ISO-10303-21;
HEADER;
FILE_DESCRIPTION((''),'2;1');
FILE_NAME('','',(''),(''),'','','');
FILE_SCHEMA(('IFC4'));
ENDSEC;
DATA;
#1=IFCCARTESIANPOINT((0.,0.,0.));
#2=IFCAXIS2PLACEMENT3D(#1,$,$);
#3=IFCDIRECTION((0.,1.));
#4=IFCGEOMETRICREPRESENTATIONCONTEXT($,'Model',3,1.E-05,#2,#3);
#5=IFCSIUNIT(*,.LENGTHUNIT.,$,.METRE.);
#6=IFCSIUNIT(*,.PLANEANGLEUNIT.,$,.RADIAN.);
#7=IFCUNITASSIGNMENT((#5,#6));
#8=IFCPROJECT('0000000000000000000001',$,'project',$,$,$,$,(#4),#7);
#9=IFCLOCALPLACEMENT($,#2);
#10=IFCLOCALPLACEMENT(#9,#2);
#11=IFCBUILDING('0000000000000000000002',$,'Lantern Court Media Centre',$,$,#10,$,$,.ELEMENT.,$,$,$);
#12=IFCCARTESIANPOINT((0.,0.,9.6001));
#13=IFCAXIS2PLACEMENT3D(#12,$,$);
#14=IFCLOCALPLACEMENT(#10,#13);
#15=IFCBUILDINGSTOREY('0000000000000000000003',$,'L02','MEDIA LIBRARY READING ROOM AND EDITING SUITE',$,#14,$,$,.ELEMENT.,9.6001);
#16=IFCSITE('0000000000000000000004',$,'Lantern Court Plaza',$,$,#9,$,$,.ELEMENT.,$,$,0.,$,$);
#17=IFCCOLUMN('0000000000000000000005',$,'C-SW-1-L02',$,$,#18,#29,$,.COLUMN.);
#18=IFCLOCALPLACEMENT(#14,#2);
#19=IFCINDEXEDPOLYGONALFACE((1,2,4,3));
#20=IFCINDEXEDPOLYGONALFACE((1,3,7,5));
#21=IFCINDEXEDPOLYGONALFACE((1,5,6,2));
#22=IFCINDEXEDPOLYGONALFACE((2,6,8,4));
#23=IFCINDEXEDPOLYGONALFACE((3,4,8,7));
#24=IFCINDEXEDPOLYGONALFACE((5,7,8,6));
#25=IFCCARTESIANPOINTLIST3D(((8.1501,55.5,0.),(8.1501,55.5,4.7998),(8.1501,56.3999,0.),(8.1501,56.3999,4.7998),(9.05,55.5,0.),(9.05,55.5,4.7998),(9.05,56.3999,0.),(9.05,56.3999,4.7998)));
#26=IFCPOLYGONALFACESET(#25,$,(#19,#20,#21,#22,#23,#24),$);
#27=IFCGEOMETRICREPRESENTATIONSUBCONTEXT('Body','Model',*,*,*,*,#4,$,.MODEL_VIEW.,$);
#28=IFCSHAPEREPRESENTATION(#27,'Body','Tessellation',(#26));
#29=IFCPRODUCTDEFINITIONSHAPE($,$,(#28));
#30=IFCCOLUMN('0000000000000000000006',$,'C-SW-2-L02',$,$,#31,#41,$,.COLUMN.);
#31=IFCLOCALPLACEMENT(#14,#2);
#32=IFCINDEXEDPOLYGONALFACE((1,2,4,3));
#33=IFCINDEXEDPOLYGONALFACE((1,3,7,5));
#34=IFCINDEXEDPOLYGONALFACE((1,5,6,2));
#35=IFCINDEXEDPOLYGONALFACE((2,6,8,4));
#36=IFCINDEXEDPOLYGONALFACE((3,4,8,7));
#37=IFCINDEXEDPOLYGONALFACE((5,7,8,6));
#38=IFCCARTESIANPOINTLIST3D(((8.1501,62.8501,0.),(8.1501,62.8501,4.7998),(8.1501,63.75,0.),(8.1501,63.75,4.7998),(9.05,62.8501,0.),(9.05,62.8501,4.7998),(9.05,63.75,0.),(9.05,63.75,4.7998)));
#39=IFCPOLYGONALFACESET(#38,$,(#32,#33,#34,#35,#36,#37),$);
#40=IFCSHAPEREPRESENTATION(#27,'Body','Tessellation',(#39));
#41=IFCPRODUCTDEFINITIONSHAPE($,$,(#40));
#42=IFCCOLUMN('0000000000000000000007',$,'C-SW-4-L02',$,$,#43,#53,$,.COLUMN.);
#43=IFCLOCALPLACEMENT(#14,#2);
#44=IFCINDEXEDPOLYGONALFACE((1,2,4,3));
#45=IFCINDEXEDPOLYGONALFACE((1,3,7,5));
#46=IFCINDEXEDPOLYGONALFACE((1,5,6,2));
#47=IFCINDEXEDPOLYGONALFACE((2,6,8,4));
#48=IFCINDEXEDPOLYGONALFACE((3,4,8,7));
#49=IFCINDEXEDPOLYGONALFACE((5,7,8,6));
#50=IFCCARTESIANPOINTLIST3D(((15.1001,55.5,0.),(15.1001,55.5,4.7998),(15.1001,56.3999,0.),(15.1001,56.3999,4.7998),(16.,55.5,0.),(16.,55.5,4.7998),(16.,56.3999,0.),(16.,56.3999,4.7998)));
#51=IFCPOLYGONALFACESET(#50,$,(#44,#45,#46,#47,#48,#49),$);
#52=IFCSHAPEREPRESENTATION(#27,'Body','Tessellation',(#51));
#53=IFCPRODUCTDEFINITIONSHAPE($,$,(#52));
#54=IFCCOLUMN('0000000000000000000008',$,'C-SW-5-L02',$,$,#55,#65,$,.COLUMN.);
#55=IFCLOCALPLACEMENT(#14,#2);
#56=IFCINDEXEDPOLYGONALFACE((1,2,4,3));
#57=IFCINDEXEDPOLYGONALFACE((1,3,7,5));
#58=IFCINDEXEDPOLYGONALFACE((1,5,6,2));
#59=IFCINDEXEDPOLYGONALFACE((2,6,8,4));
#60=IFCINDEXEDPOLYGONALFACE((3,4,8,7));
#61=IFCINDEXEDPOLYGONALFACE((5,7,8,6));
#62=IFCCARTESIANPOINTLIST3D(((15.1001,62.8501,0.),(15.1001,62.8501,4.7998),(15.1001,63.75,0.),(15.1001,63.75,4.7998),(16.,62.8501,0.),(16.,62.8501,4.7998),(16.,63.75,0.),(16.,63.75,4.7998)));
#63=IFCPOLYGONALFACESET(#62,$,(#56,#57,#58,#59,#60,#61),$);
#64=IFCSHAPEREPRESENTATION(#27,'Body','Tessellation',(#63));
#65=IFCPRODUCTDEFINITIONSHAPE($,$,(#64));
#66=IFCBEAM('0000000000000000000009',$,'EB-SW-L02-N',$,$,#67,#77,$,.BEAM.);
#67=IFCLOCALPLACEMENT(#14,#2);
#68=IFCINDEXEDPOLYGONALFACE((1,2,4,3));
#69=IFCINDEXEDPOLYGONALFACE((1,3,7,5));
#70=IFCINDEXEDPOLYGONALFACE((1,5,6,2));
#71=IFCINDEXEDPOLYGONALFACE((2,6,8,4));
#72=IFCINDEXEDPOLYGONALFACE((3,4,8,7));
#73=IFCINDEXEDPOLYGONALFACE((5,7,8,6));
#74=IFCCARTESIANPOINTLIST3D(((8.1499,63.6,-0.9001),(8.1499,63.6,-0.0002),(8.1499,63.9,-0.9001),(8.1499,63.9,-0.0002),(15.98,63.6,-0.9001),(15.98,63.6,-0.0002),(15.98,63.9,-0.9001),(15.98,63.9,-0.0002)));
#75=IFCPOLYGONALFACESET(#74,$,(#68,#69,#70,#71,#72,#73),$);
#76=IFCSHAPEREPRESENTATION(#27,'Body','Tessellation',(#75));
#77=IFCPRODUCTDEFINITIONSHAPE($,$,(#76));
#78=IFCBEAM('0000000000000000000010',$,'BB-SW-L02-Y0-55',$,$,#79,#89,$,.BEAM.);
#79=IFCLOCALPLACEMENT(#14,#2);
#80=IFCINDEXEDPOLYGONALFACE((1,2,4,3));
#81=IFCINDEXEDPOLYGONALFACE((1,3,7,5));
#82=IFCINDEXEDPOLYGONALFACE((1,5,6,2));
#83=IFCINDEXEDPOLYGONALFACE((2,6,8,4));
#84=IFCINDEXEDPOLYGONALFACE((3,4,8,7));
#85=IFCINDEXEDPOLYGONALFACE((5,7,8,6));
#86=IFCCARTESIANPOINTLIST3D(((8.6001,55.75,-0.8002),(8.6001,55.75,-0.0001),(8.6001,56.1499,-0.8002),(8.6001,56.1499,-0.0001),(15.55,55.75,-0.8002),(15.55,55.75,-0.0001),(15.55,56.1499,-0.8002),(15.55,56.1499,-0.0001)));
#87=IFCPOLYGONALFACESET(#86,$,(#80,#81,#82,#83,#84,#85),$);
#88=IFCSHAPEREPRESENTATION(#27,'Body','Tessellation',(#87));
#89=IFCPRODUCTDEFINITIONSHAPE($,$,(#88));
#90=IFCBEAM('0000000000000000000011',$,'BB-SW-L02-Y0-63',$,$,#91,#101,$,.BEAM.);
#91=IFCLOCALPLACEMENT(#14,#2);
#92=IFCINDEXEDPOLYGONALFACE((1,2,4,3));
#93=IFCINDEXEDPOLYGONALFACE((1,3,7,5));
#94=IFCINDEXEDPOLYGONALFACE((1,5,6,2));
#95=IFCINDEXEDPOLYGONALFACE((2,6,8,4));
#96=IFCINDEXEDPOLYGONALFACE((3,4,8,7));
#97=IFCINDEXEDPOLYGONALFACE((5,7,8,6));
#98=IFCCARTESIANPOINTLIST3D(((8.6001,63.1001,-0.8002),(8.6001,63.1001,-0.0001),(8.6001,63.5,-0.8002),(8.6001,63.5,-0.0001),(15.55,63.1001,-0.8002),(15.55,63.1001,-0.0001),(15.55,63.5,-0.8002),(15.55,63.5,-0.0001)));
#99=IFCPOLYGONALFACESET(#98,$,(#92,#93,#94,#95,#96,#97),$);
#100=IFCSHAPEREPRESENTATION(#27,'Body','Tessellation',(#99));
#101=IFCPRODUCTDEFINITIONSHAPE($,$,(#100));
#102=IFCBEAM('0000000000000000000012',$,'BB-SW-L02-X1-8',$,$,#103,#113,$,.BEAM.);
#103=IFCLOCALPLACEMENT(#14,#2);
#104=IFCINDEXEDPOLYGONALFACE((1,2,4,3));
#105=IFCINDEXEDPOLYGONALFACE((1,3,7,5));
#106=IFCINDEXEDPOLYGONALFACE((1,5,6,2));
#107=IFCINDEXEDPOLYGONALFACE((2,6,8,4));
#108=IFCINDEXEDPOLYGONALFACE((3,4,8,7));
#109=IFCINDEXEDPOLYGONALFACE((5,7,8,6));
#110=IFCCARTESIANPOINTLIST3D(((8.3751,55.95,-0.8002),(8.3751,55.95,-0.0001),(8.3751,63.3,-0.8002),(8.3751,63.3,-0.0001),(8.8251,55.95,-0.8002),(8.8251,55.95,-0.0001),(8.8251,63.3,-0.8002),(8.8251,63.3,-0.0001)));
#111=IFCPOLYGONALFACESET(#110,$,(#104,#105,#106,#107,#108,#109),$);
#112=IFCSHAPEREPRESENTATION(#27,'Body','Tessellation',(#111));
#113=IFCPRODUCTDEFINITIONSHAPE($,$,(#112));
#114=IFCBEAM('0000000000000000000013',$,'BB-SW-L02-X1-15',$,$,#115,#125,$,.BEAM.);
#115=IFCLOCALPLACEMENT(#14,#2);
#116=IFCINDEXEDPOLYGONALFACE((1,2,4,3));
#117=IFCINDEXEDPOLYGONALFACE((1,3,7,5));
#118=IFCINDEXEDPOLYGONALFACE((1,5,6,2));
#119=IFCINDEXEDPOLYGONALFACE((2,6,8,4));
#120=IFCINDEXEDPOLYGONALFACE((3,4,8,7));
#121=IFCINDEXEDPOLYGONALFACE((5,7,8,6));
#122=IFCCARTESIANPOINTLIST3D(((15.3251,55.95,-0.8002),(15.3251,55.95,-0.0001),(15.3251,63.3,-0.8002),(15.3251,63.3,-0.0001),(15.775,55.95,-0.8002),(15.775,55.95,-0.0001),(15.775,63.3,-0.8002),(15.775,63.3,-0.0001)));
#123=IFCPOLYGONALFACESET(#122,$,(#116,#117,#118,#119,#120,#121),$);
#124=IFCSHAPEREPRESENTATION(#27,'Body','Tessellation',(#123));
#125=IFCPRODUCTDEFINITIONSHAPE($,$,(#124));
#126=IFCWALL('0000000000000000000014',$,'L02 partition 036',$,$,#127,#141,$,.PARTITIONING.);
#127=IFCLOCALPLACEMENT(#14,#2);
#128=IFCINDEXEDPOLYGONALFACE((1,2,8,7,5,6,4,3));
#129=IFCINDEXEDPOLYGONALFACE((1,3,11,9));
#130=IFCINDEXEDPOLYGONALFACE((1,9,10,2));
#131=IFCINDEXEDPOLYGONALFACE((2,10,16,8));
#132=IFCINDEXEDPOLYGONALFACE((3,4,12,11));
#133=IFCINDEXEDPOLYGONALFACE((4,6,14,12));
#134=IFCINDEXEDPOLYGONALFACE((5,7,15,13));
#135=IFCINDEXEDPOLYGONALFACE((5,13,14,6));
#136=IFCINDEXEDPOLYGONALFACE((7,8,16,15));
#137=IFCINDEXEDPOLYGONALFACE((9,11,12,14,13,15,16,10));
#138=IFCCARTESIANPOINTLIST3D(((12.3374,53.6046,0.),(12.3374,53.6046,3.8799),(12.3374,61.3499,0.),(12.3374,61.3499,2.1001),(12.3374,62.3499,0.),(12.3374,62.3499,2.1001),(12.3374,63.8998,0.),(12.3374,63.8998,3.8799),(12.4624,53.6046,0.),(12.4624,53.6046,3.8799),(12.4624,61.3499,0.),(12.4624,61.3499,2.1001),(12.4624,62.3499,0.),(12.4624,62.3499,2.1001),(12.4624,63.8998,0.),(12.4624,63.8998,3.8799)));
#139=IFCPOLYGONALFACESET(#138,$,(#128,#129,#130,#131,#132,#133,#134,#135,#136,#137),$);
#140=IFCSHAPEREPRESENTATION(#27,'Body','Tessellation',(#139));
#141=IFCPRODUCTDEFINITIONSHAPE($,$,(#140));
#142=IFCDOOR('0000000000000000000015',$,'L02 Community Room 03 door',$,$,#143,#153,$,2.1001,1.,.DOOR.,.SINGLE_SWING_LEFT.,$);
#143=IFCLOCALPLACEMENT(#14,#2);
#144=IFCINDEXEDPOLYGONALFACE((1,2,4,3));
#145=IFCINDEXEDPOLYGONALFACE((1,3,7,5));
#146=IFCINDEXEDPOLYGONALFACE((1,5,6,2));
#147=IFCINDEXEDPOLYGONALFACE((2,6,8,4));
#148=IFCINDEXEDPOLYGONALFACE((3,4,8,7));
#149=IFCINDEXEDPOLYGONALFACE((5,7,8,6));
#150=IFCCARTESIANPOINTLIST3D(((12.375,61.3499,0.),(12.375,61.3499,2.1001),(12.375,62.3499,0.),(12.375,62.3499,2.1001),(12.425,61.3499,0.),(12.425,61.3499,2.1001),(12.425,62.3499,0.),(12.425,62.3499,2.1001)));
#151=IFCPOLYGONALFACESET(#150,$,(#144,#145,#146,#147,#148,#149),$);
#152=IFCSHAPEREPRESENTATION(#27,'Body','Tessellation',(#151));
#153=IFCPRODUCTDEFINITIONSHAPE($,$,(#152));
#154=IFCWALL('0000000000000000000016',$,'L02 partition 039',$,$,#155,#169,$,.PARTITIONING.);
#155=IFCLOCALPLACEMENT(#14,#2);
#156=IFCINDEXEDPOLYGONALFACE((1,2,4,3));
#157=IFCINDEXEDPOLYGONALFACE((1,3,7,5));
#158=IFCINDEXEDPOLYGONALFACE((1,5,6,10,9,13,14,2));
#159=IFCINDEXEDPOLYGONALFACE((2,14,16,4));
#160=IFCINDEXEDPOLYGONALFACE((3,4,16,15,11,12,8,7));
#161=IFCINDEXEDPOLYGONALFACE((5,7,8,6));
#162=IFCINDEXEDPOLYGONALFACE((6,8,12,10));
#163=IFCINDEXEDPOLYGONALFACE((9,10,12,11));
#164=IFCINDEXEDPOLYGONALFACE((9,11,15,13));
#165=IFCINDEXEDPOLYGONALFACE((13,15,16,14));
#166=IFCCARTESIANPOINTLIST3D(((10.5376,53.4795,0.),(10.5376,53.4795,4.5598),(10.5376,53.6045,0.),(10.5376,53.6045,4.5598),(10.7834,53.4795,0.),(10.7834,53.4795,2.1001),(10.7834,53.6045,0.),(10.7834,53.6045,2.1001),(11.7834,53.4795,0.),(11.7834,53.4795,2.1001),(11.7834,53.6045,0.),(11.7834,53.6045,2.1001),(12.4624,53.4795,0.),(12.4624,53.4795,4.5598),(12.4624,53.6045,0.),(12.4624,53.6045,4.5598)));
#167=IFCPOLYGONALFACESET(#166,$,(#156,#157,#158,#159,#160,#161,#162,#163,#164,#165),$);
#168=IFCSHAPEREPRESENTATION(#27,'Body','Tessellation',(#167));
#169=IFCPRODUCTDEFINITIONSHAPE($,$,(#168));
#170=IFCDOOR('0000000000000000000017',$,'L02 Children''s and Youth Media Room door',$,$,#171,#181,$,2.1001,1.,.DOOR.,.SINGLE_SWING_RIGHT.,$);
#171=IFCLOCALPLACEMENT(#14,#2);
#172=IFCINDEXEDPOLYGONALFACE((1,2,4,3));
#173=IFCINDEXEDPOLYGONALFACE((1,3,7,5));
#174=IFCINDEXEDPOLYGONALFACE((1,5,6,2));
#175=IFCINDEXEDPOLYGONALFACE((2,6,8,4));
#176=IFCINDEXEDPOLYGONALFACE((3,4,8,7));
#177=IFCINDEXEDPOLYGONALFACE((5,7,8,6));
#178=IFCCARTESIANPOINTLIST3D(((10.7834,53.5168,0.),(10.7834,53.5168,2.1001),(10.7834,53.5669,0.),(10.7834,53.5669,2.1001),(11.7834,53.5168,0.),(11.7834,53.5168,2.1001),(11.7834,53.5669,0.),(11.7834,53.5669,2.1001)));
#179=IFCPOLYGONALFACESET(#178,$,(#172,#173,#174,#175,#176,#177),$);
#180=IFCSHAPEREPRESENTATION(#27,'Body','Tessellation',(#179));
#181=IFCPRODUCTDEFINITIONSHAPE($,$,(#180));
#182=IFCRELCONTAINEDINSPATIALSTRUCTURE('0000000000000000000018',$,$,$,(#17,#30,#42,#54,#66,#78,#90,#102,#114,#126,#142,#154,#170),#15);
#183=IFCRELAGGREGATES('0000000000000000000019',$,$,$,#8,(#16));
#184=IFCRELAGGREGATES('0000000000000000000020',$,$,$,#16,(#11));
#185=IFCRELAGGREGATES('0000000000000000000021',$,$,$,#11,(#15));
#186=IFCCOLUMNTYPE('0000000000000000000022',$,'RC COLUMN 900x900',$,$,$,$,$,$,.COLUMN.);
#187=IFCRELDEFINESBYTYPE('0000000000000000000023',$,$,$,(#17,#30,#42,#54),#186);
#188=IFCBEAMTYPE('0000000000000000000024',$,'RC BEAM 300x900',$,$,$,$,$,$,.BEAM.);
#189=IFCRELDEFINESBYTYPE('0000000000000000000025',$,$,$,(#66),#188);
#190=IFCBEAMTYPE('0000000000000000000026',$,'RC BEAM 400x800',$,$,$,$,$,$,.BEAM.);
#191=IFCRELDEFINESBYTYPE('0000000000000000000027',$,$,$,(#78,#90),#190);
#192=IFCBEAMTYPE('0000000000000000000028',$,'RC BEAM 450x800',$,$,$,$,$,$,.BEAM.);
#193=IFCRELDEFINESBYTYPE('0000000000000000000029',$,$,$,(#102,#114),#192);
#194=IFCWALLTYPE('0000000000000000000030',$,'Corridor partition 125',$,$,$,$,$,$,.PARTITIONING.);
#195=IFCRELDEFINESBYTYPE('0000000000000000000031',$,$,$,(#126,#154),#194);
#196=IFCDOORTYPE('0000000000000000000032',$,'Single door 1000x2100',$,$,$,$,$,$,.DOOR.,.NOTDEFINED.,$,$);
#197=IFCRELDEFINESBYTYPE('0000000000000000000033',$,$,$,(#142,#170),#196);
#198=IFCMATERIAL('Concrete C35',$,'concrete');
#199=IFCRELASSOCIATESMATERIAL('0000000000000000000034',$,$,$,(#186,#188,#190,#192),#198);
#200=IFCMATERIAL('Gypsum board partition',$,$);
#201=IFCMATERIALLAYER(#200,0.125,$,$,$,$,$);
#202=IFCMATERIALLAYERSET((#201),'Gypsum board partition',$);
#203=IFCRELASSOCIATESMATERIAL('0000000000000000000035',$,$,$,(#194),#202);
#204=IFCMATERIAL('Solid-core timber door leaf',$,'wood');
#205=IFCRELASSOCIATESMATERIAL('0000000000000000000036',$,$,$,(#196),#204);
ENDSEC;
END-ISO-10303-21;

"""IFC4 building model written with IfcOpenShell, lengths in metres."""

from ifc_helpers import new_model, si_unit, direction, frame, frame_2d, origin, origin_2d, place, context, subcontext, project, spatial, rectangle, extrude, material, layer, layer_set, material_profile, profile_set, type_object, element, fill, save


model = new_model("IFC4")

# Units and contexts
model_context = context("Model", 3, precision=1e-05, world=origin(), true_north=direction((0.0, 1.0)))
body_context = subcontext(model_context, "Body", "Model", "MODEL_VIEW")
ifc_project = project(units=[si_unit("LENGTHUNIT", "METRE"), si_unit("PLANEANGLEUNIT", "RADIAN")], contexts=[model_context])

# Site, building, storey
site_placement = place(None, origin())
site = spatial("IfcSite", under=ifc_project, at=site_placement, Name="Lantern Court Plaza", CompositionType="ELEMENT", RefElevation=0.0)
building_placement = place(site_placement, origin())
building = spatial("IfcBuilding", under=site, at=building_placement, Name="Lantern Court Media Centre", CompositionType="ELEMENT")
storey_placement = place(building_placement, frame((0.0, 0.0, 9.6001)))
storey = spatial("IfcBuildingStorey", under=building, at=storey_placement, Name="L02", Description="MEDIA LIBRARY READING ROOM AND EDITING SUITE", CompositionType="ELEMENT", Elevation=9.6001)

# Columns
ifc_material_1 = material(Name="Concrete C35", Category="concrete")
ifc_material_profile_1 = material_profile(ifc_material_1, rectangle(XDim=0.8999, YDim=0.8999, at=origin_2d()), Name="RC 900x900")
ifc_profile_set_1 = profile_set([ifc_material_profile_1], Name="Concrete C35")
column_type = type_object("IfcColumnType", Name="RC COLUMN 900x900", PredefinedType="COLUMN", material=ifc_profile_set_1)
for number, where, z_axis, x_axis, name in (
    (1, (8.6001, 55.95, 0.0), (0.0, 0.0, 1.0), (1.0, 0.0, 0.0), "C-SW-1-L02"),
    (2, (8.6001, 63.3, 0.0), (0.0, 0.0, 1.0), (1.0, 0.0, 0.0), "C-SW-2-L02"),
    (3, (15.55, 55.95, 0.0), (0.0, 0.0, 1.0), (1.0, 0.0, 0.0), "C-SW-4-L02"),
    (4, (15.55, 63.3, 0.0), (0.0, 0.0, 1.0), (1.0, 0.0, 0.0), "C-SW-5-L02"),
):
    element("IfcColumn", number, at=place(storey_placement, frame(where, z_axis=z_axis, x_axis=x_axis)), inside=storey, type_object=column_type, Name=name, PredefinedType="COLUMN", context=body_context, shape_type="SweptSolid", body=[
        extrude(rectangle(XDim=0.8999, YDim=0.8999, at=origin_2d()), origin(), (0.0, 0.0, 1.0), 4.7998),
    ])

# Beams
ifc_material_profile_2 = material_profile(ifc_material_1, rectangle(XDim=0.3, YDim=0.8999, at=origin_2d()), Name="RC 300x900")
ifc_profile_set_2 = profile_set([ifc_material_profile_2], Name="Concrete C35")
beam_type_1 = type_object("IfcBeamType", Name="RC BEAM 300x900", PredefinedType="BEAM", material=ifc_profile_set_2)
beam_placement = place(storey_placement, frame((8.1499, 63.75, -0.4502), z_axis=(1.0, 0.0, 0.0), x_axis=(0.0, 1.0, 0.0)))
element("IfcBeam", 5, at=beam_placement, inside=storey, type_object=beam_type_1, Name="EB-SW-L02-N", PredefinedType="BEAM", context=body_context, shape_type="SweptSolid", body=[
    extrude(rectangle(XDim=0.3, YDim=0.8999, at=origin_2d()), origin(), (0.0, 0.0, 1.0), 7.8301),
])
ifc_material_profile_3 = material_profile(ifc_material_1, rectangle(XDim=0.3999, YDim=0.8, at=origin_2d()), Name="RC 400x800")
ifc_profile_set_3 = profile_set([ifc_material_profile_3], Name="Concrete C35")
beam_type_2 = type_object("IfcBeamType", Name="RC BEAM 400x800", PredefinedType="BEAM", material=ifc_profile_set_3)
for number, where, z_axis, x_axis, name in (
    (6, (8.6001, 55.95, -0.4001), (1.0, 0.0, 0.0), (0.0, 1.0, 0.0), "BB-SW-L02-Y0-55"),
    (7, (8.6001, 63.3, -0.4001), (1.0, 0.0, 0.0), (0.0, 1.0, 0.0), "BB-SW-L02-Y0-63"),
):
    element("IfcBeam", number, at=place(storey_placement, frame(where, z_axis=z_axis, x_axis=x_axis)), inside=storey, type_object=beam_type_2, Name=name, PredefinedType="BEAM", context=body_context, shape_type="SweptSolid", body=[
        extrude(rectangle(XDim=0.3999, YDim=0.8, at=origin_2d()), origin(), (0.0, 0.0, 1.0), 6.95),
    ])
ifc_material_profile_4 = material_profile(ifc_material_1, rectangle(XDim=0.45, YDim=0.8, at=origin_2d()), Name="RC 450x800")
ifc_profile_set_4 = profile_set([ifc_material_profile_4], Name="Concrete C35")
beam_type_3 = type_object("IfcBeamType", Name="RC BEAM 450x800", PredefinedType="BEAM", material=ifc_profile_set_4)
for number, where, z_axis, x_axis, name in (
    (8, (8.6001, 55.95, -0.4001), (0.0, 1.0, 0.0), (-1.0, 0.0, 0.0), "BB-SW-L02-X1-8"),
    (9, (15.55, 55.95, -0.4001), (0.0, 1.0, 0.0), (-1.0, 0.0, 0.0), "BB-SW-L02-X1-15"),
):
    element("IfcBeam", number, at=place(storey_placement, frame(where, z_axis=z_axis, x_axis=x_axis)), inside=storey, type_object=beam_type_3, Name=name, PredefinedType="BEAM", context=body_context, shape_type="SweptSolid", body=[
        extrude(rectangle(XDim=0.45, YDim=0.8, at=origin_2d()), origin(), (0.0, 0.0, 1.0), 7.3501),
    ])

# Walls, openings, doors
ifc_material_2 = material(Name="Gypsum board partition")
ifc_layer_1 = layer(ifc_material_2, 0.125)
ifc_layer_set_1 = layer_set([ifc_layer_1], Name="Gypsum board partition")
wall_type_1 = type_object("IfcWallType", Name="Corridor partition 125", PredefinedType="PARTITIONING", material=ifc_layer_set_1)
wall_1_placement = place(storey_placement, frame((12.3999, 53.6047, 0.0), z_axis=(0.0, 0.0, 1.0), x_axis=(0.0, 1.0, 0.0)))
wall_1 = element("IfcWall", 10, at=wall_1_placement, inside=storey, type_object=wall_type_1, Name="L02 partition 036", PredefinedType="PARTITIONING", context=body_context, shape_type="SweptSolid", body=[
    extrude(rectangle(XDim=10.2952, YDim=0.125, at=frame_2d((5.1475, 0.0))), origin(), (0.0, 0.0, 1.0), 3.8799),
])
opening_1_placement = place(wall_1_placement, frame((7.7451, 0.0, 0.0)))
opening_1 = element("IfcOpeningElement", 11, at=opening_1_placement, cuts=wall_1, PredefinedType="OPENING", context=body_context, shape_type="SweptSolid", body=[
    extrude(rectangle(XDim=1.0, YDim=2.1001, at=frame_2d((0.5, 1.05))), frame((0.0, 0.0725, 0.0), z_axis=(0.0, -1.0, 0.0), x_axis=(1.0, 0.0, 0.0)), (0.0, 0.0, 1.0), 0.145),
])
ifc_material_3 = material(Name="Solid-core timber door leaf", Category="wood")
door_type_1 = type_object("IfcDoorType", Name="Single door 1000x2100", OperationType="NOTDEFINED", PredefinedType="DOOR", material=ifc_material_3)
door_1_placement = place(opening_1_placement, origin())
door_1 = element("IfcDoor", 12, at=door_1_placement, inside=storey, type_object=door_type_1, Name="L02 Community Room 03 door", OperationType="SINGLE_SWING_LEFT", OverallHeight=2.1001, OverallWidth=1.0, PredefinedType="DOOR", context=body_context, shape_type="SweptSolid", body=[
    extrude(rectangle(XDim=1.0, YDim=2.1001, at=frame_2d((0.5, 1.05))), frame((0.0, 0.0249, 0.0), z_axis=(0.0, -1.0, 0.0), x_axis=(1.0, 0.0, 0.0)), (0.0, 0.0, 1.0), 0.05),
])
fill(opening_1, door_1)
wall_2_placement = place(storey_placement, frame((10.5376, 53.542, 0.0), z_axis=(0.0, 0.0, 1.0), x_axis=(1.0, 0.0, 0.0)))
wall_2 = element("IfcWall", 13, at=wall_2_placement, inside=storey, type_object=wall_type_1, Name="L02 partition 039", PredefinedType="PARTITIONING", context=body_context, shape_type="SweptSolid", body=[
    extrude(rectangle(XDim=1.9248, YDim=0.125, at=frame_2d((0.9624, 0.0))), origin(), (0.0, 0.0, 1.0), 4.5598),
])
opening_2_placement = place(wall_2_placement, frame((0.2458, 0.0, 0.0)))
opening_2 = element("IfcOpeningElement", 14, at=opening_2_placement, cuts=wall_2, PredefinedType="OPENING", context=body_context, shape_type="SweptSolid", body=[
    extrude(rectangle(XDim=1.0, YDim=2.1001, at=frame_2d((0.5, 1.05))), frame((0.0, 0.0725, 0.0), z_axis=(0.0, -1.0, 0.0), x_axis=(1.0, 0.0, 0.0)), (0.0, 0.0, 1.0), 0.145),
])
door_2_placement = place(opening_2_placement, origin())
door_2 = element("IfcDoor", 15, at=door_2_placement, inside=storey, type_object=door_type_1, Name="L02 Children's and Youth Media Room door", OperationType="SINGLE_SWING_RIGHT", OverallHeight=2.1001, OverallWidth=1.0, PredefinedType="DOOR", context=body_context, shape_type="SweptSolid", body=[
    extrude(rectangle(XDim=1.0, YDim=2.1001, at=frame_2d((0.5, 1.05))), frame((0.0, 0.0249, 0.0), z_axis=(0.0, -1.0, 0.0), x_axis=(1.0, 0.0, 0.0)), (0.0, 0.0, 1.0), 0.05),
])
fill(opening_2, door_2)

save(model, "model.ifc")
